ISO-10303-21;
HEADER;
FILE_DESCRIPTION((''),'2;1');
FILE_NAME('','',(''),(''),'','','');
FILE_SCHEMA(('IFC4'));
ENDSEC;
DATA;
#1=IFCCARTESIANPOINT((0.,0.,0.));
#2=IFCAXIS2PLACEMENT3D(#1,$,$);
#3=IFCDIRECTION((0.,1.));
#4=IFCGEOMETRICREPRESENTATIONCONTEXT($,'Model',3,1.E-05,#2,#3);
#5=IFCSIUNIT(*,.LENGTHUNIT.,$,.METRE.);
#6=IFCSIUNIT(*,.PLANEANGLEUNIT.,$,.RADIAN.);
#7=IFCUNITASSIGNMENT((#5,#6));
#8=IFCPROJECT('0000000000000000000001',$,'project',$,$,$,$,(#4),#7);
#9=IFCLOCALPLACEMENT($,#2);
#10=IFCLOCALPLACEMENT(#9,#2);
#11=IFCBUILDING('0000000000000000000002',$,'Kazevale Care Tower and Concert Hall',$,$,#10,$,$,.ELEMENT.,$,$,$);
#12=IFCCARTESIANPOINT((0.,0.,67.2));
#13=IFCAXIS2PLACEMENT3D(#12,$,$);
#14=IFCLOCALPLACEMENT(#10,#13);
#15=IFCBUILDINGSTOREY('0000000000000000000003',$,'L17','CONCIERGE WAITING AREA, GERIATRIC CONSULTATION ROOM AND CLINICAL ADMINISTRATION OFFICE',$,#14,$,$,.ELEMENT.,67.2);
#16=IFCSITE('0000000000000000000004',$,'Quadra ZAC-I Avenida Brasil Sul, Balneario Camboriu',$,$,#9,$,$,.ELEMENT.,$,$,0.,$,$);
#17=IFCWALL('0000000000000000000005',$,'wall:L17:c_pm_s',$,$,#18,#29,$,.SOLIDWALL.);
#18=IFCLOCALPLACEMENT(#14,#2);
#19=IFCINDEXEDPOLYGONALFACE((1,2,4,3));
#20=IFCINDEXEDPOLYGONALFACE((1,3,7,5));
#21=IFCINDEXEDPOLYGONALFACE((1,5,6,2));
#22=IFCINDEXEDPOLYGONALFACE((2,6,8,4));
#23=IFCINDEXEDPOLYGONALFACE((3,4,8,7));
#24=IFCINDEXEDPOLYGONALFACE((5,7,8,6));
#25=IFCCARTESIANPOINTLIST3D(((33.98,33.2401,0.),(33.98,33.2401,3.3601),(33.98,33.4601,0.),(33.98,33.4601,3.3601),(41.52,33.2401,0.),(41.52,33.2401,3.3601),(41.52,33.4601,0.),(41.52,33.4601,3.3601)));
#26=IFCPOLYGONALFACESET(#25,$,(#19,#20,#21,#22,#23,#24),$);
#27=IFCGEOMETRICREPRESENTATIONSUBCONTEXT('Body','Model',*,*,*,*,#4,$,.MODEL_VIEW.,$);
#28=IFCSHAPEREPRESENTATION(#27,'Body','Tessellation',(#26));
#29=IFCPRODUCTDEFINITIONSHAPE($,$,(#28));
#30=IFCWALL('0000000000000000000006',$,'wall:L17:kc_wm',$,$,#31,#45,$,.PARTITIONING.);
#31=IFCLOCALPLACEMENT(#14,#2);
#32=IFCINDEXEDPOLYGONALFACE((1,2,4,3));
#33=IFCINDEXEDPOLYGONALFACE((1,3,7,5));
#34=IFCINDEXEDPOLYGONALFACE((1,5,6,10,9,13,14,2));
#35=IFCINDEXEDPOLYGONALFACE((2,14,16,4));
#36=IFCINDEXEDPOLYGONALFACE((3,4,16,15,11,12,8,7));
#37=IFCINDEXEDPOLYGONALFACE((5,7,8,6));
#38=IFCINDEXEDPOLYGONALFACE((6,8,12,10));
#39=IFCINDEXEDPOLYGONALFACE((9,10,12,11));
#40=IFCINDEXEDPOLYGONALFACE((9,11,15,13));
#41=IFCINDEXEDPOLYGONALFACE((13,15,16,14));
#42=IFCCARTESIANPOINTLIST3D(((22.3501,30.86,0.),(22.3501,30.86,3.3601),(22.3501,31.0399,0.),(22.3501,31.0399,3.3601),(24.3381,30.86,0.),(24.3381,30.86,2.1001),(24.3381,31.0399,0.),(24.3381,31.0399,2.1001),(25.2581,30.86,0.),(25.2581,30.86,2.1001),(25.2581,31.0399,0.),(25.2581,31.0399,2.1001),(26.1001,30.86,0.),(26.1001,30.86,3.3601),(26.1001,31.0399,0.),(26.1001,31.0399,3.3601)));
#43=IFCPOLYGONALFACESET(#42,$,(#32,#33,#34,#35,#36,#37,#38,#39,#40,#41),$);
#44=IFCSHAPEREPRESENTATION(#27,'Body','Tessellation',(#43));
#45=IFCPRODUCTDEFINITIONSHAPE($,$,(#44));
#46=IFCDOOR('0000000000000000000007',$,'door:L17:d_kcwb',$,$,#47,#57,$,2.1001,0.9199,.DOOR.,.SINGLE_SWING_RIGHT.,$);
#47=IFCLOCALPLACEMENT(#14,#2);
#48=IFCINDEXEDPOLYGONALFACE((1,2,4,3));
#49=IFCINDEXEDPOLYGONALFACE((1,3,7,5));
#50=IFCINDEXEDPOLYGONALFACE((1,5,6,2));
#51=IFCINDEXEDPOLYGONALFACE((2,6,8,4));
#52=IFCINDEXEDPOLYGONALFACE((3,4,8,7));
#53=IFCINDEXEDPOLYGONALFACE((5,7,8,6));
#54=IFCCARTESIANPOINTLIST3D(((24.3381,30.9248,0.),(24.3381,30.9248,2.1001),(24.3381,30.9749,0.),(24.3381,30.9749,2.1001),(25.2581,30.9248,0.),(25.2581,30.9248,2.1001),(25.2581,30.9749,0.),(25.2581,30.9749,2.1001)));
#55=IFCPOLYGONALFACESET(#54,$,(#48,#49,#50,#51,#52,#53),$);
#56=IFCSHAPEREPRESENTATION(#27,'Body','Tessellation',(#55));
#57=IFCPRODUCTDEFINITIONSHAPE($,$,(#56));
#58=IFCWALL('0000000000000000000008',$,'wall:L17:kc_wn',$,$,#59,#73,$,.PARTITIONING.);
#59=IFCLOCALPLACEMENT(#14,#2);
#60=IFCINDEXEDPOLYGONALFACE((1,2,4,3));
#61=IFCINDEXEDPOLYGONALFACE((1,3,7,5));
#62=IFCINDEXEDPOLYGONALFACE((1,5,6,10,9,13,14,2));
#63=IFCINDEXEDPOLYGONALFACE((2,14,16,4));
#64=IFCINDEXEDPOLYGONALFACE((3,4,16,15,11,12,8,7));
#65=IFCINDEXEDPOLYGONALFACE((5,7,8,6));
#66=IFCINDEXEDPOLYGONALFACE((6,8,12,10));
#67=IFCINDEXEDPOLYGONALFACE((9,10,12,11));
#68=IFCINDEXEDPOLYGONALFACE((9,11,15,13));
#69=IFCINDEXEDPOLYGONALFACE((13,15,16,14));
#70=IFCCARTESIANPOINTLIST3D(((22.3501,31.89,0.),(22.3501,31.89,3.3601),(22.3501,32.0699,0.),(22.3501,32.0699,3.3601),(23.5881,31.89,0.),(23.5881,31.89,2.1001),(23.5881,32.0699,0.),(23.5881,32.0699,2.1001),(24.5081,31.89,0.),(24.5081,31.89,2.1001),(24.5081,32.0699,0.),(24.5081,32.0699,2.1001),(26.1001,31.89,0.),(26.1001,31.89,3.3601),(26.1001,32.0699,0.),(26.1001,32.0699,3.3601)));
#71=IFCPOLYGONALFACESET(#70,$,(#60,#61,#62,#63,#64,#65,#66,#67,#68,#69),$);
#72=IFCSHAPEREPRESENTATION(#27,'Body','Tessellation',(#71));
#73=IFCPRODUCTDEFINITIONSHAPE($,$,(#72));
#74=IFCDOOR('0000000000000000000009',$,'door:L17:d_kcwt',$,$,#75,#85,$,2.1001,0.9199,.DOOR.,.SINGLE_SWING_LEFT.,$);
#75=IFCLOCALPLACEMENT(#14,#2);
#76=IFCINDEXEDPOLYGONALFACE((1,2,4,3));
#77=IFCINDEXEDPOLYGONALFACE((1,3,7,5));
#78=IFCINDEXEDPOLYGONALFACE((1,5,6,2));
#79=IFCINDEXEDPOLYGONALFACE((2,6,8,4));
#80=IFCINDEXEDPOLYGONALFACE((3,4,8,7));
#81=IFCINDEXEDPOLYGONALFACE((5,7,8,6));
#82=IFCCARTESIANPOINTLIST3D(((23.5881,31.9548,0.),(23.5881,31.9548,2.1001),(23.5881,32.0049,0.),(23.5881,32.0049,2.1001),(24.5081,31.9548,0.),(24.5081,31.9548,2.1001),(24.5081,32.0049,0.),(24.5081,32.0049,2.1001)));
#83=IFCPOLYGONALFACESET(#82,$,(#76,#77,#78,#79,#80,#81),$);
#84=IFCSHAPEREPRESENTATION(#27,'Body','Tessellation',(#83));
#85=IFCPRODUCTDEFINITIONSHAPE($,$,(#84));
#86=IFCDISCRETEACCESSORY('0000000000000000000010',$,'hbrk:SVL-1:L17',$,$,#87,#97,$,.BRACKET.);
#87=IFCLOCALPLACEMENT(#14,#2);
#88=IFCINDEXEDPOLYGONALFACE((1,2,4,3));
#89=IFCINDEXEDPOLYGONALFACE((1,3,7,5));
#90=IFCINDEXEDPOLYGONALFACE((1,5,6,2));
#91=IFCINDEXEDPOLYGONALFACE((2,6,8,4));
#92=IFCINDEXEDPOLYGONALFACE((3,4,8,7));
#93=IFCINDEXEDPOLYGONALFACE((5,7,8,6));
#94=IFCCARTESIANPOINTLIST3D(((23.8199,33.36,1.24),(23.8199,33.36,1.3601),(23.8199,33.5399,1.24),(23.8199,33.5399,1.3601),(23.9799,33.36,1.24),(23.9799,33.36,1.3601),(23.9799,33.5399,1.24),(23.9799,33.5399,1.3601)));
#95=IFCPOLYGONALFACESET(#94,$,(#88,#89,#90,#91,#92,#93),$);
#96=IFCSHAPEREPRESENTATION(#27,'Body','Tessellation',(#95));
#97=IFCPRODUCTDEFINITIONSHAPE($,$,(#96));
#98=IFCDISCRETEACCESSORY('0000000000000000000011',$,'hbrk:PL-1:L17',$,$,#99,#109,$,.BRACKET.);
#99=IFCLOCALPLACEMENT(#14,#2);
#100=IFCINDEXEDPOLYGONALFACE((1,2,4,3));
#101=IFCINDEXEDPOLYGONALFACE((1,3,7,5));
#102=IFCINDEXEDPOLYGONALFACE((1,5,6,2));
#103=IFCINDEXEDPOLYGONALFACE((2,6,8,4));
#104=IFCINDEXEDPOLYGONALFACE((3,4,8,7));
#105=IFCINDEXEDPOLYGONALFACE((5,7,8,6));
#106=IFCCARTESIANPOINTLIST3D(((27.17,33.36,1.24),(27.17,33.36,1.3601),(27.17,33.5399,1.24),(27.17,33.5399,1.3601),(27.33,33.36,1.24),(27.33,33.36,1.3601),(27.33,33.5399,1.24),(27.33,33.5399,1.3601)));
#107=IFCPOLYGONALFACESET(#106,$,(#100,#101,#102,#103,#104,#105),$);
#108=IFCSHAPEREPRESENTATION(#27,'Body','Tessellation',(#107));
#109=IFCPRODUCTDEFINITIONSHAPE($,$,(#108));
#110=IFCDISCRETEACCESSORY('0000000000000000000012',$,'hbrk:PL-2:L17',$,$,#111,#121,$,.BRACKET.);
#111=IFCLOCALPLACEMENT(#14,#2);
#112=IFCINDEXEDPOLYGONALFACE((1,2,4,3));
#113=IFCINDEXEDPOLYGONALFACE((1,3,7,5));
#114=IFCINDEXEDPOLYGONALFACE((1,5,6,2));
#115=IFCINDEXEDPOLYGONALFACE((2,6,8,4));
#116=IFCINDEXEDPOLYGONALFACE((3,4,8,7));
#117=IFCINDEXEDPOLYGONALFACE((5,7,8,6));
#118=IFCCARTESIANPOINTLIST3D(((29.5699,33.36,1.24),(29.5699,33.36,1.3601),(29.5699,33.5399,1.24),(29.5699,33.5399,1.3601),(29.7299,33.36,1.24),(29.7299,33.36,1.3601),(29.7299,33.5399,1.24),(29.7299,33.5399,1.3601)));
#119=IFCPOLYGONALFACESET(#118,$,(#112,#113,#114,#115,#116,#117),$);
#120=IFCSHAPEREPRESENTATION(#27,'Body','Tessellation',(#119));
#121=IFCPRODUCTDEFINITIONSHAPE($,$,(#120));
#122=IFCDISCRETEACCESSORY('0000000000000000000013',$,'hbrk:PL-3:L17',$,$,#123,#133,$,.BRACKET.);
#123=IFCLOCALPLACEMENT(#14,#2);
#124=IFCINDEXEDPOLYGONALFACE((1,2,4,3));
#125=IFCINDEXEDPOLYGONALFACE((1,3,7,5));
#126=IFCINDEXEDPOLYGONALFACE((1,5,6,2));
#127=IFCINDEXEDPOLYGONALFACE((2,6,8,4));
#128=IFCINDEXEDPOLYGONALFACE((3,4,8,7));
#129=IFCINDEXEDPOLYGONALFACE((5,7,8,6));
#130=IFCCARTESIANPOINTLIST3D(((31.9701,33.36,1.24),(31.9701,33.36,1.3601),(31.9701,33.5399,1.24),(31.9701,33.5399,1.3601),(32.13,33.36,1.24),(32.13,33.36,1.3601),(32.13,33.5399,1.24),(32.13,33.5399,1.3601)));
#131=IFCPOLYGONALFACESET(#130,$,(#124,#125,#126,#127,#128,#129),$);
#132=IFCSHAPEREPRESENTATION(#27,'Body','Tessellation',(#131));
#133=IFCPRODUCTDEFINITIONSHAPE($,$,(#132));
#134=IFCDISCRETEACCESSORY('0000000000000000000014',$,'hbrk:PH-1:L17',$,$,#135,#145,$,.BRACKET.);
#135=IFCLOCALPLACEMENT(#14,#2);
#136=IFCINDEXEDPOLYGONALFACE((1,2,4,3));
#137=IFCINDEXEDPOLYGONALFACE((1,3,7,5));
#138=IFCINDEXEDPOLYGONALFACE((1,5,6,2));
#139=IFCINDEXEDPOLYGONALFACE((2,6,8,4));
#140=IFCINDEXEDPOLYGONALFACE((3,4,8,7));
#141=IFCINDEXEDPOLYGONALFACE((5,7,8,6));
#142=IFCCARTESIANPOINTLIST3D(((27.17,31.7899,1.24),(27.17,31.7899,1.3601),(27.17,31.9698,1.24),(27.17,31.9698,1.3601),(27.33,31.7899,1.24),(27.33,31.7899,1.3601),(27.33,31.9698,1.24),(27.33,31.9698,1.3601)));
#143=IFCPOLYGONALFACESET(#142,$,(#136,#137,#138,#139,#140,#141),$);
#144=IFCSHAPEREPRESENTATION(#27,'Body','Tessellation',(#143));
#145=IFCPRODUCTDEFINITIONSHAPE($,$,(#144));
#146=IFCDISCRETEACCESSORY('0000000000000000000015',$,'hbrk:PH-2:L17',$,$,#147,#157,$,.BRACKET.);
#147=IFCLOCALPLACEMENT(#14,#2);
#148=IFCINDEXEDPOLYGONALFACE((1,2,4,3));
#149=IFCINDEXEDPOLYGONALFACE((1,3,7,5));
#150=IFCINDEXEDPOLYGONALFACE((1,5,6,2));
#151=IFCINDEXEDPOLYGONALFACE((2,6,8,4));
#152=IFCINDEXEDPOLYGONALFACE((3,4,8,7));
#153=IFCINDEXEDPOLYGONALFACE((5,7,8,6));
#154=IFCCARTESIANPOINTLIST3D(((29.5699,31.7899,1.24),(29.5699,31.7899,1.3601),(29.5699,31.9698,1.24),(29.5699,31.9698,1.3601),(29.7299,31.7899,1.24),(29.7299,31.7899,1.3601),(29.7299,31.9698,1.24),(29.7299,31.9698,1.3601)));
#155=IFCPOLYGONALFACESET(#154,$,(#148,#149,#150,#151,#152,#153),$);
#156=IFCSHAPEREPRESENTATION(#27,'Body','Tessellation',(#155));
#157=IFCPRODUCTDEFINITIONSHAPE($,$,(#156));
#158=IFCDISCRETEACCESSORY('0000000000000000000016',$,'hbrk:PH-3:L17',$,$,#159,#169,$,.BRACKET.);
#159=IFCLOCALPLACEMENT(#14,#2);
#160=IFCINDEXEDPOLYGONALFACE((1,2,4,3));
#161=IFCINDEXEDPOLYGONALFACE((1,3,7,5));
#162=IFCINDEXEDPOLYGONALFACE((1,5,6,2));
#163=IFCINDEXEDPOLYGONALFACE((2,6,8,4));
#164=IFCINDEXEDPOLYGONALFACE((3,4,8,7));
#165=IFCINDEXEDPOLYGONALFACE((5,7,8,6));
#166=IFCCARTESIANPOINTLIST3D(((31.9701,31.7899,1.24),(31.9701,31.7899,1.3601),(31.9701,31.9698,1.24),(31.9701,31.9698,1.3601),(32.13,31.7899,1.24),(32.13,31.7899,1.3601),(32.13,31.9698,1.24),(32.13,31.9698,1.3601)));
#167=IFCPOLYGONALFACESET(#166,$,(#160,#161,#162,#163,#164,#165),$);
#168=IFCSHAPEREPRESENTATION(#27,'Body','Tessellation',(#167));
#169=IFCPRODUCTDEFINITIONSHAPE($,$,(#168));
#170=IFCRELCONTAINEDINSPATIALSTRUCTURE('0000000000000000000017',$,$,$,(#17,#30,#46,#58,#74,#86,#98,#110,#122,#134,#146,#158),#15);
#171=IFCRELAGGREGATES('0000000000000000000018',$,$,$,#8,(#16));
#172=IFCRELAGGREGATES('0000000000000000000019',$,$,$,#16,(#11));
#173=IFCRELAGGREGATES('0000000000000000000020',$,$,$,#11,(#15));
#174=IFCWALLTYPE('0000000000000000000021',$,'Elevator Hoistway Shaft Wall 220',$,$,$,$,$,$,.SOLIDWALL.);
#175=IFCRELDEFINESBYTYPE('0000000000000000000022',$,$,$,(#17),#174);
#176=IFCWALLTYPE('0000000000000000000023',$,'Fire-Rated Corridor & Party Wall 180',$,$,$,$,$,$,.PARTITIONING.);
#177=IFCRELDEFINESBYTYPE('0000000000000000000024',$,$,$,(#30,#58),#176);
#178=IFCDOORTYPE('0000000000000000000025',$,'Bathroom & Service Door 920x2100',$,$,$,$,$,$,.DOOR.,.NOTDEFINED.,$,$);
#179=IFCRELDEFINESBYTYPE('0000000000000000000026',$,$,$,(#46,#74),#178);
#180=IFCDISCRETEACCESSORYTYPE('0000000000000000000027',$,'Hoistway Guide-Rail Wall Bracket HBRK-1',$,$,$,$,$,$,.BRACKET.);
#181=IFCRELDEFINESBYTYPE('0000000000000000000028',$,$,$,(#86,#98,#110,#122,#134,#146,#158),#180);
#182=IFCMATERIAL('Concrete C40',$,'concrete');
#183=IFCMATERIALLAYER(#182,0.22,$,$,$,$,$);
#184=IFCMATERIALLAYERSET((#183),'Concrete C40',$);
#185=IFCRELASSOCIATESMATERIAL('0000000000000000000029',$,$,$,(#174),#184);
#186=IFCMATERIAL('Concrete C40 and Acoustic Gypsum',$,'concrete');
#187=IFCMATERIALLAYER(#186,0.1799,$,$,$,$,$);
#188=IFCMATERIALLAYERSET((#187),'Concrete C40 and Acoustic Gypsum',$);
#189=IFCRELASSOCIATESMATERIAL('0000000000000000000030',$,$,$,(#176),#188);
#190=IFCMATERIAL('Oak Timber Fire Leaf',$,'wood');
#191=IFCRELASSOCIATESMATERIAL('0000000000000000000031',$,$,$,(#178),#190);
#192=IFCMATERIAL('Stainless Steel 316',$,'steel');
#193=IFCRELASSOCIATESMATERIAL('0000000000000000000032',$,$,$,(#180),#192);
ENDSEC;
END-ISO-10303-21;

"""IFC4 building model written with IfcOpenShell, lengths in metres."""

from ifc_helpers import new_model, si_unit, direction, frame, frame_2d, origin, origin_2d, place, context, subcontext, project, spatial, rectangle, extrude, material, layer, layer_set, type_object, element, fill, save


model = new_model("IFC4")

# Units and contexts
model_context = context("Model", 3, precision=1e-05, world=origin(), true_north=direction((0.0, 1.0)))
body_context = subcontext(model_context, "Body", "Model", "MODEL_VIEW")
ifc_project = project(units=[si_unit("LENGTHUNIT", "METRE"), si_unit("PLANEANGLEUNIT", "RADIAN")], contexts=[model_context])

# Site, building, storey
site_placement = place(None, origin())
site = spatial("IfcSite", under=ifc_project, at=site_placement, Name="Quadra ZAC-I Avenida Brasil Sul, Balneario Camboriu", CompositionType="ELEMENT", RefElevation=0.0)
building_placement = place(site_placement, origin())
building = spatial("IfcBuilding", under=site, at=building_placement, Name="Kazevale Care Tower and Concert Hall", CompositionType="ELEMENT")
storey_placement = place(building_placement, frame((0.0, 0.0, 67.2)))
storey = spatial("IfcBuildingStorey", under=building, at=storey_placement, Name="L17", Description="CONCIERGE WAITING AREA, GERIATRIC CONSULTATION ROOM AND CLINICAL ADMINISTRATION OFFICE", CompositionType="ELEMENT", Elevation=67.2)

# Shared definitions
ifc_material_1 = material(Name="Concrete C40", Category="concrete")
ifc_layer_1 = layer(ifc_material_1, 0.22)
ifc_layer_set_1 = layer_set([ifc_layer_1], Name="Concrete C40")
wall_type_1 = type_object("IfcWallType", Name="Elevator Hoistway Shaft Wall 220", PredefinedType="SOLIDWALL", material=ifc_layer_set_1)

# Shared definitions
ifc_material_2 = material(Name="Stainless Steel 316", Category="steel")

# Wall
wall_1_placement = place(storey_placement, frame((33.98, 33.3501, 0.0), z_axis=(0.0, 0.0, 1.0), x_axis=(1.0, 0.0, 0.0)))
element("IfcWall", 1, at=wall_1_placement, inside=storey, type_object=wall_type_1, Name="wall:L17:c_pm_s", PredefinedType="SOLIDWALL", context=body_context, shape_type="SweptSolid", body=[
    extrude(rectangle(XDim=7.54, YDim=0.22, at=frame_2d((3.77, 0.0))), origin(), (0.0, 0.0, 1.0), 3.3601),
])

# Walls, openings, doors
ifc_material_3 = material(Name="Concrete C40 and Acoustic Gypsum", Category="concrete")
ifc_layer_2 = layer(ifc_material_3, 0.1799)
ifc_layer_set_2 = layer_set([ifc_layer_2], Name="Concrete C40 and Acoustic Gypsum")
wall_type_2 = type_object("IfcWallType", Name="Fire-Rated Corridor & Party Wall 180", PredefinedType="PARTITIONING", material=ifc_layer_set_2)
wall_2_placement = place(storey_placement, frame((22.3501, 30.95, 0.0), z_axis=(0.0, 0.0, 1.0), x_axis=(1.0, 0.0, 0.0)))
wall_2 = element("IfcWall", 2, at=wall_2_placement, inside=storey, type_object=wall_type_2, Name="wall:L17:kc_wm", PredefinedType="PARTITIONING", context=body_context, shape_type="SweptSolid", body=[
    extrude(rectangle(XDim=3.75, YDim=0.1799, at=frame_2d((1.875, 0.0))), origin(), (0.0, 0.0, 1.0), 3.3601),
])
opening_1_placement = place(wall_2_placement, frame((1.988, 0.0, 0.0)))
opening_1 = element("IfcOpeningElement", 3, at=opening_1_placement, cuts=wall_2, PredefinedType="OPENING", context=body_context, shape_type="SweptSolid", body=[
    extrude(rectangle(XDim=0.9199, YDim=2.1001, at=frame_2d((0.46, 1.05))), frame((0.0, 0.0999, 0.0), z_axis=(0.0, -1.0, 0.0), x_axis=(1.0, 0.0, 0.0)), (0.0, 0.0, 1.0), 0.2),
])
ifc_material_4 = material(Name="Oak Timber Fire Leaf", Category="wood")
door_type_1 = type_object("IfcDoorType", Name="Bathroom & Service Door 920x2100", OperationType="NOTDEFINED", PredefinedType="DOOR", material=ifc_material_4)
door_1_placement = place(opening_1_placement, origin())
door_1 = element("IfcDoor", 4, at=door_1_placement, inside=storey, type_object=door_type_1, Name="door:L17:d_kcwb", OperationType="SINGLE_SWING_RIGHT", OverallHeight=2.1001, OverallWidth=0.9199, PredefinedType="DOOR", context=body_context, shape_type="SweptSolid", body=[
    extrude(rectangle(XDim=0.9199, YDim=2.1001, at=frame_2d((0.46, 1.05))), frame((0.0, 0.0249, 0.0), z_axis=(0.0, -1.0, 0.0), x_axis=(1.0, 0.0, 0.0)), (0.0, 0.0, 1.0), 0.05),
])
fill(opening_1, door_1)
wall_3_placement = place(storey_placement, frame((22.3501, 31.98, 0.0), z_axis=(0.0, 0.0, 1.0), x_axis=(1.0, 0.0, 0.0)))
wall_3 = element("IfcWall", 5, at=wall_3_placement, inside=storey, type_object=wall_type_2, Name="wall:L17:kc_wn", PredefinedType="PARTITIONING", context=body_context, shape_type="SweptSolid", body=[
    extrude(rectangle(XDim=3.75, YDim=0.1799, at=frame_2d((1.875, 0.0))), origin(), (0.0, 0.0, 1.0), 3.3601),
])
opening_2_placement = place(wall_3_placement, frame((1.238, 0.0, 0.0)))
opening_2 = element("IfcOpeningElement", 6, at=opening_2_placement, cuts=wall_3, PredefinedType="OPENING", context=body_context, shape_type="SweptSolid", body=[
    extrude(rectangle(XDim=0.9199, YDim=2.1001, at=frame_2d((0.46, 1.05))), frame((0.0, 0.0999, 0.0), z_axis=(0.0, -1.0, 0.0), x_axis=(1.0, 0.0, 0.0)), (0.0, 0.0, 1.0), 0.2),
])
door_2_placement = place(opening_2_placement, origin())
door_2 = element("IfcDoor", 7, at=door_2_placement, inside=storey, type_object=door_type_1, Name="door:L17:d_kcwt", OperationType="SINGLE_SWING_LEFT", OverallHeight=2.1001, OverallWidth=0.9199, PredefinedType="DOOR", context=body_context, shape_type="SweptSolid", body=[
    extrude(rectangle(XDim=0.9199, YDim=2.1001, at=frame_2d((0.46, 1.05))), frame((0.0, 0.0249, 0.0), z_axis=(0.0, -1.0, 0.0), x_axis=(1.0, 0.0, 0.0)), (0.0, 0.0, 1.0), 0.05),
])
fill(opening_2, door_2)

# Discrete accessories
discrete_accessory_type = type_object("IfcDiscreteAccessoryType", Name="Hoistway Guide-Rail Wall Bracket HBRK-1", PredefinedType="BRACKET", material=ifc_material_2)
for number, where, z_axis, x_axis, name in (
    (8, (23.8999, 33.45, 1.24), (0.0, 0.0, 1.0), (1.0, 0.0, 0.0), "hbrk:SVL-1:L17"),
    (9, (27.25, 33.45, 1.24), (0.0, 0.0, 1.0), (1.0, 0.0, 0.0), "hbrk:PL-1:L17"),
    (10, (29.6499, 33.45, 1.24), (0.0, 0.0, 1.0), (1.0, 0.0, 0.0), "hbrk:PL-2:L17"),
    (11, (32.05, 33.45, 1.24), (0.0, 0.0, 1.0), (1.0, 0.0, 0.0), "hbrk:PL-3:L17"),
    (12, (27.25, 31.8799, 1.24), (0.0, 0.0, 1.0), (1.0, 0.0, 0.0), "hbrk:PH-1:L17"),
    (13, (29.6499, 31.8799, 1.24), (0.0, 0.0, 1.0), (1.0, 0.0, 0.0), "hbrk:PH-2:L17"),
    (14, (32.05, 31.8799, 1.24), (0.0, 0.0, 1.0), (1.0, 0.0, 0.0), "hbrk:PH-3:L17"),
):
    element("IfcDiscreteAccessory", number, at=place(storey_placement, frame(where, z_axis=z_axis, x_axis=x_axis)), inside=storey, type_object=discrete_accessory_type, Name=name, PredefinedType="BRACKET", context=body_context, shape_type="SweptSolid", body=[
        extrude(rectangle(XDim=0.1599, YDim=0.1799, at=origin_2d()), origin(), (0.0, 0.0, 1.0), 0.1201),
    ])

save(model, "model.ifc")
